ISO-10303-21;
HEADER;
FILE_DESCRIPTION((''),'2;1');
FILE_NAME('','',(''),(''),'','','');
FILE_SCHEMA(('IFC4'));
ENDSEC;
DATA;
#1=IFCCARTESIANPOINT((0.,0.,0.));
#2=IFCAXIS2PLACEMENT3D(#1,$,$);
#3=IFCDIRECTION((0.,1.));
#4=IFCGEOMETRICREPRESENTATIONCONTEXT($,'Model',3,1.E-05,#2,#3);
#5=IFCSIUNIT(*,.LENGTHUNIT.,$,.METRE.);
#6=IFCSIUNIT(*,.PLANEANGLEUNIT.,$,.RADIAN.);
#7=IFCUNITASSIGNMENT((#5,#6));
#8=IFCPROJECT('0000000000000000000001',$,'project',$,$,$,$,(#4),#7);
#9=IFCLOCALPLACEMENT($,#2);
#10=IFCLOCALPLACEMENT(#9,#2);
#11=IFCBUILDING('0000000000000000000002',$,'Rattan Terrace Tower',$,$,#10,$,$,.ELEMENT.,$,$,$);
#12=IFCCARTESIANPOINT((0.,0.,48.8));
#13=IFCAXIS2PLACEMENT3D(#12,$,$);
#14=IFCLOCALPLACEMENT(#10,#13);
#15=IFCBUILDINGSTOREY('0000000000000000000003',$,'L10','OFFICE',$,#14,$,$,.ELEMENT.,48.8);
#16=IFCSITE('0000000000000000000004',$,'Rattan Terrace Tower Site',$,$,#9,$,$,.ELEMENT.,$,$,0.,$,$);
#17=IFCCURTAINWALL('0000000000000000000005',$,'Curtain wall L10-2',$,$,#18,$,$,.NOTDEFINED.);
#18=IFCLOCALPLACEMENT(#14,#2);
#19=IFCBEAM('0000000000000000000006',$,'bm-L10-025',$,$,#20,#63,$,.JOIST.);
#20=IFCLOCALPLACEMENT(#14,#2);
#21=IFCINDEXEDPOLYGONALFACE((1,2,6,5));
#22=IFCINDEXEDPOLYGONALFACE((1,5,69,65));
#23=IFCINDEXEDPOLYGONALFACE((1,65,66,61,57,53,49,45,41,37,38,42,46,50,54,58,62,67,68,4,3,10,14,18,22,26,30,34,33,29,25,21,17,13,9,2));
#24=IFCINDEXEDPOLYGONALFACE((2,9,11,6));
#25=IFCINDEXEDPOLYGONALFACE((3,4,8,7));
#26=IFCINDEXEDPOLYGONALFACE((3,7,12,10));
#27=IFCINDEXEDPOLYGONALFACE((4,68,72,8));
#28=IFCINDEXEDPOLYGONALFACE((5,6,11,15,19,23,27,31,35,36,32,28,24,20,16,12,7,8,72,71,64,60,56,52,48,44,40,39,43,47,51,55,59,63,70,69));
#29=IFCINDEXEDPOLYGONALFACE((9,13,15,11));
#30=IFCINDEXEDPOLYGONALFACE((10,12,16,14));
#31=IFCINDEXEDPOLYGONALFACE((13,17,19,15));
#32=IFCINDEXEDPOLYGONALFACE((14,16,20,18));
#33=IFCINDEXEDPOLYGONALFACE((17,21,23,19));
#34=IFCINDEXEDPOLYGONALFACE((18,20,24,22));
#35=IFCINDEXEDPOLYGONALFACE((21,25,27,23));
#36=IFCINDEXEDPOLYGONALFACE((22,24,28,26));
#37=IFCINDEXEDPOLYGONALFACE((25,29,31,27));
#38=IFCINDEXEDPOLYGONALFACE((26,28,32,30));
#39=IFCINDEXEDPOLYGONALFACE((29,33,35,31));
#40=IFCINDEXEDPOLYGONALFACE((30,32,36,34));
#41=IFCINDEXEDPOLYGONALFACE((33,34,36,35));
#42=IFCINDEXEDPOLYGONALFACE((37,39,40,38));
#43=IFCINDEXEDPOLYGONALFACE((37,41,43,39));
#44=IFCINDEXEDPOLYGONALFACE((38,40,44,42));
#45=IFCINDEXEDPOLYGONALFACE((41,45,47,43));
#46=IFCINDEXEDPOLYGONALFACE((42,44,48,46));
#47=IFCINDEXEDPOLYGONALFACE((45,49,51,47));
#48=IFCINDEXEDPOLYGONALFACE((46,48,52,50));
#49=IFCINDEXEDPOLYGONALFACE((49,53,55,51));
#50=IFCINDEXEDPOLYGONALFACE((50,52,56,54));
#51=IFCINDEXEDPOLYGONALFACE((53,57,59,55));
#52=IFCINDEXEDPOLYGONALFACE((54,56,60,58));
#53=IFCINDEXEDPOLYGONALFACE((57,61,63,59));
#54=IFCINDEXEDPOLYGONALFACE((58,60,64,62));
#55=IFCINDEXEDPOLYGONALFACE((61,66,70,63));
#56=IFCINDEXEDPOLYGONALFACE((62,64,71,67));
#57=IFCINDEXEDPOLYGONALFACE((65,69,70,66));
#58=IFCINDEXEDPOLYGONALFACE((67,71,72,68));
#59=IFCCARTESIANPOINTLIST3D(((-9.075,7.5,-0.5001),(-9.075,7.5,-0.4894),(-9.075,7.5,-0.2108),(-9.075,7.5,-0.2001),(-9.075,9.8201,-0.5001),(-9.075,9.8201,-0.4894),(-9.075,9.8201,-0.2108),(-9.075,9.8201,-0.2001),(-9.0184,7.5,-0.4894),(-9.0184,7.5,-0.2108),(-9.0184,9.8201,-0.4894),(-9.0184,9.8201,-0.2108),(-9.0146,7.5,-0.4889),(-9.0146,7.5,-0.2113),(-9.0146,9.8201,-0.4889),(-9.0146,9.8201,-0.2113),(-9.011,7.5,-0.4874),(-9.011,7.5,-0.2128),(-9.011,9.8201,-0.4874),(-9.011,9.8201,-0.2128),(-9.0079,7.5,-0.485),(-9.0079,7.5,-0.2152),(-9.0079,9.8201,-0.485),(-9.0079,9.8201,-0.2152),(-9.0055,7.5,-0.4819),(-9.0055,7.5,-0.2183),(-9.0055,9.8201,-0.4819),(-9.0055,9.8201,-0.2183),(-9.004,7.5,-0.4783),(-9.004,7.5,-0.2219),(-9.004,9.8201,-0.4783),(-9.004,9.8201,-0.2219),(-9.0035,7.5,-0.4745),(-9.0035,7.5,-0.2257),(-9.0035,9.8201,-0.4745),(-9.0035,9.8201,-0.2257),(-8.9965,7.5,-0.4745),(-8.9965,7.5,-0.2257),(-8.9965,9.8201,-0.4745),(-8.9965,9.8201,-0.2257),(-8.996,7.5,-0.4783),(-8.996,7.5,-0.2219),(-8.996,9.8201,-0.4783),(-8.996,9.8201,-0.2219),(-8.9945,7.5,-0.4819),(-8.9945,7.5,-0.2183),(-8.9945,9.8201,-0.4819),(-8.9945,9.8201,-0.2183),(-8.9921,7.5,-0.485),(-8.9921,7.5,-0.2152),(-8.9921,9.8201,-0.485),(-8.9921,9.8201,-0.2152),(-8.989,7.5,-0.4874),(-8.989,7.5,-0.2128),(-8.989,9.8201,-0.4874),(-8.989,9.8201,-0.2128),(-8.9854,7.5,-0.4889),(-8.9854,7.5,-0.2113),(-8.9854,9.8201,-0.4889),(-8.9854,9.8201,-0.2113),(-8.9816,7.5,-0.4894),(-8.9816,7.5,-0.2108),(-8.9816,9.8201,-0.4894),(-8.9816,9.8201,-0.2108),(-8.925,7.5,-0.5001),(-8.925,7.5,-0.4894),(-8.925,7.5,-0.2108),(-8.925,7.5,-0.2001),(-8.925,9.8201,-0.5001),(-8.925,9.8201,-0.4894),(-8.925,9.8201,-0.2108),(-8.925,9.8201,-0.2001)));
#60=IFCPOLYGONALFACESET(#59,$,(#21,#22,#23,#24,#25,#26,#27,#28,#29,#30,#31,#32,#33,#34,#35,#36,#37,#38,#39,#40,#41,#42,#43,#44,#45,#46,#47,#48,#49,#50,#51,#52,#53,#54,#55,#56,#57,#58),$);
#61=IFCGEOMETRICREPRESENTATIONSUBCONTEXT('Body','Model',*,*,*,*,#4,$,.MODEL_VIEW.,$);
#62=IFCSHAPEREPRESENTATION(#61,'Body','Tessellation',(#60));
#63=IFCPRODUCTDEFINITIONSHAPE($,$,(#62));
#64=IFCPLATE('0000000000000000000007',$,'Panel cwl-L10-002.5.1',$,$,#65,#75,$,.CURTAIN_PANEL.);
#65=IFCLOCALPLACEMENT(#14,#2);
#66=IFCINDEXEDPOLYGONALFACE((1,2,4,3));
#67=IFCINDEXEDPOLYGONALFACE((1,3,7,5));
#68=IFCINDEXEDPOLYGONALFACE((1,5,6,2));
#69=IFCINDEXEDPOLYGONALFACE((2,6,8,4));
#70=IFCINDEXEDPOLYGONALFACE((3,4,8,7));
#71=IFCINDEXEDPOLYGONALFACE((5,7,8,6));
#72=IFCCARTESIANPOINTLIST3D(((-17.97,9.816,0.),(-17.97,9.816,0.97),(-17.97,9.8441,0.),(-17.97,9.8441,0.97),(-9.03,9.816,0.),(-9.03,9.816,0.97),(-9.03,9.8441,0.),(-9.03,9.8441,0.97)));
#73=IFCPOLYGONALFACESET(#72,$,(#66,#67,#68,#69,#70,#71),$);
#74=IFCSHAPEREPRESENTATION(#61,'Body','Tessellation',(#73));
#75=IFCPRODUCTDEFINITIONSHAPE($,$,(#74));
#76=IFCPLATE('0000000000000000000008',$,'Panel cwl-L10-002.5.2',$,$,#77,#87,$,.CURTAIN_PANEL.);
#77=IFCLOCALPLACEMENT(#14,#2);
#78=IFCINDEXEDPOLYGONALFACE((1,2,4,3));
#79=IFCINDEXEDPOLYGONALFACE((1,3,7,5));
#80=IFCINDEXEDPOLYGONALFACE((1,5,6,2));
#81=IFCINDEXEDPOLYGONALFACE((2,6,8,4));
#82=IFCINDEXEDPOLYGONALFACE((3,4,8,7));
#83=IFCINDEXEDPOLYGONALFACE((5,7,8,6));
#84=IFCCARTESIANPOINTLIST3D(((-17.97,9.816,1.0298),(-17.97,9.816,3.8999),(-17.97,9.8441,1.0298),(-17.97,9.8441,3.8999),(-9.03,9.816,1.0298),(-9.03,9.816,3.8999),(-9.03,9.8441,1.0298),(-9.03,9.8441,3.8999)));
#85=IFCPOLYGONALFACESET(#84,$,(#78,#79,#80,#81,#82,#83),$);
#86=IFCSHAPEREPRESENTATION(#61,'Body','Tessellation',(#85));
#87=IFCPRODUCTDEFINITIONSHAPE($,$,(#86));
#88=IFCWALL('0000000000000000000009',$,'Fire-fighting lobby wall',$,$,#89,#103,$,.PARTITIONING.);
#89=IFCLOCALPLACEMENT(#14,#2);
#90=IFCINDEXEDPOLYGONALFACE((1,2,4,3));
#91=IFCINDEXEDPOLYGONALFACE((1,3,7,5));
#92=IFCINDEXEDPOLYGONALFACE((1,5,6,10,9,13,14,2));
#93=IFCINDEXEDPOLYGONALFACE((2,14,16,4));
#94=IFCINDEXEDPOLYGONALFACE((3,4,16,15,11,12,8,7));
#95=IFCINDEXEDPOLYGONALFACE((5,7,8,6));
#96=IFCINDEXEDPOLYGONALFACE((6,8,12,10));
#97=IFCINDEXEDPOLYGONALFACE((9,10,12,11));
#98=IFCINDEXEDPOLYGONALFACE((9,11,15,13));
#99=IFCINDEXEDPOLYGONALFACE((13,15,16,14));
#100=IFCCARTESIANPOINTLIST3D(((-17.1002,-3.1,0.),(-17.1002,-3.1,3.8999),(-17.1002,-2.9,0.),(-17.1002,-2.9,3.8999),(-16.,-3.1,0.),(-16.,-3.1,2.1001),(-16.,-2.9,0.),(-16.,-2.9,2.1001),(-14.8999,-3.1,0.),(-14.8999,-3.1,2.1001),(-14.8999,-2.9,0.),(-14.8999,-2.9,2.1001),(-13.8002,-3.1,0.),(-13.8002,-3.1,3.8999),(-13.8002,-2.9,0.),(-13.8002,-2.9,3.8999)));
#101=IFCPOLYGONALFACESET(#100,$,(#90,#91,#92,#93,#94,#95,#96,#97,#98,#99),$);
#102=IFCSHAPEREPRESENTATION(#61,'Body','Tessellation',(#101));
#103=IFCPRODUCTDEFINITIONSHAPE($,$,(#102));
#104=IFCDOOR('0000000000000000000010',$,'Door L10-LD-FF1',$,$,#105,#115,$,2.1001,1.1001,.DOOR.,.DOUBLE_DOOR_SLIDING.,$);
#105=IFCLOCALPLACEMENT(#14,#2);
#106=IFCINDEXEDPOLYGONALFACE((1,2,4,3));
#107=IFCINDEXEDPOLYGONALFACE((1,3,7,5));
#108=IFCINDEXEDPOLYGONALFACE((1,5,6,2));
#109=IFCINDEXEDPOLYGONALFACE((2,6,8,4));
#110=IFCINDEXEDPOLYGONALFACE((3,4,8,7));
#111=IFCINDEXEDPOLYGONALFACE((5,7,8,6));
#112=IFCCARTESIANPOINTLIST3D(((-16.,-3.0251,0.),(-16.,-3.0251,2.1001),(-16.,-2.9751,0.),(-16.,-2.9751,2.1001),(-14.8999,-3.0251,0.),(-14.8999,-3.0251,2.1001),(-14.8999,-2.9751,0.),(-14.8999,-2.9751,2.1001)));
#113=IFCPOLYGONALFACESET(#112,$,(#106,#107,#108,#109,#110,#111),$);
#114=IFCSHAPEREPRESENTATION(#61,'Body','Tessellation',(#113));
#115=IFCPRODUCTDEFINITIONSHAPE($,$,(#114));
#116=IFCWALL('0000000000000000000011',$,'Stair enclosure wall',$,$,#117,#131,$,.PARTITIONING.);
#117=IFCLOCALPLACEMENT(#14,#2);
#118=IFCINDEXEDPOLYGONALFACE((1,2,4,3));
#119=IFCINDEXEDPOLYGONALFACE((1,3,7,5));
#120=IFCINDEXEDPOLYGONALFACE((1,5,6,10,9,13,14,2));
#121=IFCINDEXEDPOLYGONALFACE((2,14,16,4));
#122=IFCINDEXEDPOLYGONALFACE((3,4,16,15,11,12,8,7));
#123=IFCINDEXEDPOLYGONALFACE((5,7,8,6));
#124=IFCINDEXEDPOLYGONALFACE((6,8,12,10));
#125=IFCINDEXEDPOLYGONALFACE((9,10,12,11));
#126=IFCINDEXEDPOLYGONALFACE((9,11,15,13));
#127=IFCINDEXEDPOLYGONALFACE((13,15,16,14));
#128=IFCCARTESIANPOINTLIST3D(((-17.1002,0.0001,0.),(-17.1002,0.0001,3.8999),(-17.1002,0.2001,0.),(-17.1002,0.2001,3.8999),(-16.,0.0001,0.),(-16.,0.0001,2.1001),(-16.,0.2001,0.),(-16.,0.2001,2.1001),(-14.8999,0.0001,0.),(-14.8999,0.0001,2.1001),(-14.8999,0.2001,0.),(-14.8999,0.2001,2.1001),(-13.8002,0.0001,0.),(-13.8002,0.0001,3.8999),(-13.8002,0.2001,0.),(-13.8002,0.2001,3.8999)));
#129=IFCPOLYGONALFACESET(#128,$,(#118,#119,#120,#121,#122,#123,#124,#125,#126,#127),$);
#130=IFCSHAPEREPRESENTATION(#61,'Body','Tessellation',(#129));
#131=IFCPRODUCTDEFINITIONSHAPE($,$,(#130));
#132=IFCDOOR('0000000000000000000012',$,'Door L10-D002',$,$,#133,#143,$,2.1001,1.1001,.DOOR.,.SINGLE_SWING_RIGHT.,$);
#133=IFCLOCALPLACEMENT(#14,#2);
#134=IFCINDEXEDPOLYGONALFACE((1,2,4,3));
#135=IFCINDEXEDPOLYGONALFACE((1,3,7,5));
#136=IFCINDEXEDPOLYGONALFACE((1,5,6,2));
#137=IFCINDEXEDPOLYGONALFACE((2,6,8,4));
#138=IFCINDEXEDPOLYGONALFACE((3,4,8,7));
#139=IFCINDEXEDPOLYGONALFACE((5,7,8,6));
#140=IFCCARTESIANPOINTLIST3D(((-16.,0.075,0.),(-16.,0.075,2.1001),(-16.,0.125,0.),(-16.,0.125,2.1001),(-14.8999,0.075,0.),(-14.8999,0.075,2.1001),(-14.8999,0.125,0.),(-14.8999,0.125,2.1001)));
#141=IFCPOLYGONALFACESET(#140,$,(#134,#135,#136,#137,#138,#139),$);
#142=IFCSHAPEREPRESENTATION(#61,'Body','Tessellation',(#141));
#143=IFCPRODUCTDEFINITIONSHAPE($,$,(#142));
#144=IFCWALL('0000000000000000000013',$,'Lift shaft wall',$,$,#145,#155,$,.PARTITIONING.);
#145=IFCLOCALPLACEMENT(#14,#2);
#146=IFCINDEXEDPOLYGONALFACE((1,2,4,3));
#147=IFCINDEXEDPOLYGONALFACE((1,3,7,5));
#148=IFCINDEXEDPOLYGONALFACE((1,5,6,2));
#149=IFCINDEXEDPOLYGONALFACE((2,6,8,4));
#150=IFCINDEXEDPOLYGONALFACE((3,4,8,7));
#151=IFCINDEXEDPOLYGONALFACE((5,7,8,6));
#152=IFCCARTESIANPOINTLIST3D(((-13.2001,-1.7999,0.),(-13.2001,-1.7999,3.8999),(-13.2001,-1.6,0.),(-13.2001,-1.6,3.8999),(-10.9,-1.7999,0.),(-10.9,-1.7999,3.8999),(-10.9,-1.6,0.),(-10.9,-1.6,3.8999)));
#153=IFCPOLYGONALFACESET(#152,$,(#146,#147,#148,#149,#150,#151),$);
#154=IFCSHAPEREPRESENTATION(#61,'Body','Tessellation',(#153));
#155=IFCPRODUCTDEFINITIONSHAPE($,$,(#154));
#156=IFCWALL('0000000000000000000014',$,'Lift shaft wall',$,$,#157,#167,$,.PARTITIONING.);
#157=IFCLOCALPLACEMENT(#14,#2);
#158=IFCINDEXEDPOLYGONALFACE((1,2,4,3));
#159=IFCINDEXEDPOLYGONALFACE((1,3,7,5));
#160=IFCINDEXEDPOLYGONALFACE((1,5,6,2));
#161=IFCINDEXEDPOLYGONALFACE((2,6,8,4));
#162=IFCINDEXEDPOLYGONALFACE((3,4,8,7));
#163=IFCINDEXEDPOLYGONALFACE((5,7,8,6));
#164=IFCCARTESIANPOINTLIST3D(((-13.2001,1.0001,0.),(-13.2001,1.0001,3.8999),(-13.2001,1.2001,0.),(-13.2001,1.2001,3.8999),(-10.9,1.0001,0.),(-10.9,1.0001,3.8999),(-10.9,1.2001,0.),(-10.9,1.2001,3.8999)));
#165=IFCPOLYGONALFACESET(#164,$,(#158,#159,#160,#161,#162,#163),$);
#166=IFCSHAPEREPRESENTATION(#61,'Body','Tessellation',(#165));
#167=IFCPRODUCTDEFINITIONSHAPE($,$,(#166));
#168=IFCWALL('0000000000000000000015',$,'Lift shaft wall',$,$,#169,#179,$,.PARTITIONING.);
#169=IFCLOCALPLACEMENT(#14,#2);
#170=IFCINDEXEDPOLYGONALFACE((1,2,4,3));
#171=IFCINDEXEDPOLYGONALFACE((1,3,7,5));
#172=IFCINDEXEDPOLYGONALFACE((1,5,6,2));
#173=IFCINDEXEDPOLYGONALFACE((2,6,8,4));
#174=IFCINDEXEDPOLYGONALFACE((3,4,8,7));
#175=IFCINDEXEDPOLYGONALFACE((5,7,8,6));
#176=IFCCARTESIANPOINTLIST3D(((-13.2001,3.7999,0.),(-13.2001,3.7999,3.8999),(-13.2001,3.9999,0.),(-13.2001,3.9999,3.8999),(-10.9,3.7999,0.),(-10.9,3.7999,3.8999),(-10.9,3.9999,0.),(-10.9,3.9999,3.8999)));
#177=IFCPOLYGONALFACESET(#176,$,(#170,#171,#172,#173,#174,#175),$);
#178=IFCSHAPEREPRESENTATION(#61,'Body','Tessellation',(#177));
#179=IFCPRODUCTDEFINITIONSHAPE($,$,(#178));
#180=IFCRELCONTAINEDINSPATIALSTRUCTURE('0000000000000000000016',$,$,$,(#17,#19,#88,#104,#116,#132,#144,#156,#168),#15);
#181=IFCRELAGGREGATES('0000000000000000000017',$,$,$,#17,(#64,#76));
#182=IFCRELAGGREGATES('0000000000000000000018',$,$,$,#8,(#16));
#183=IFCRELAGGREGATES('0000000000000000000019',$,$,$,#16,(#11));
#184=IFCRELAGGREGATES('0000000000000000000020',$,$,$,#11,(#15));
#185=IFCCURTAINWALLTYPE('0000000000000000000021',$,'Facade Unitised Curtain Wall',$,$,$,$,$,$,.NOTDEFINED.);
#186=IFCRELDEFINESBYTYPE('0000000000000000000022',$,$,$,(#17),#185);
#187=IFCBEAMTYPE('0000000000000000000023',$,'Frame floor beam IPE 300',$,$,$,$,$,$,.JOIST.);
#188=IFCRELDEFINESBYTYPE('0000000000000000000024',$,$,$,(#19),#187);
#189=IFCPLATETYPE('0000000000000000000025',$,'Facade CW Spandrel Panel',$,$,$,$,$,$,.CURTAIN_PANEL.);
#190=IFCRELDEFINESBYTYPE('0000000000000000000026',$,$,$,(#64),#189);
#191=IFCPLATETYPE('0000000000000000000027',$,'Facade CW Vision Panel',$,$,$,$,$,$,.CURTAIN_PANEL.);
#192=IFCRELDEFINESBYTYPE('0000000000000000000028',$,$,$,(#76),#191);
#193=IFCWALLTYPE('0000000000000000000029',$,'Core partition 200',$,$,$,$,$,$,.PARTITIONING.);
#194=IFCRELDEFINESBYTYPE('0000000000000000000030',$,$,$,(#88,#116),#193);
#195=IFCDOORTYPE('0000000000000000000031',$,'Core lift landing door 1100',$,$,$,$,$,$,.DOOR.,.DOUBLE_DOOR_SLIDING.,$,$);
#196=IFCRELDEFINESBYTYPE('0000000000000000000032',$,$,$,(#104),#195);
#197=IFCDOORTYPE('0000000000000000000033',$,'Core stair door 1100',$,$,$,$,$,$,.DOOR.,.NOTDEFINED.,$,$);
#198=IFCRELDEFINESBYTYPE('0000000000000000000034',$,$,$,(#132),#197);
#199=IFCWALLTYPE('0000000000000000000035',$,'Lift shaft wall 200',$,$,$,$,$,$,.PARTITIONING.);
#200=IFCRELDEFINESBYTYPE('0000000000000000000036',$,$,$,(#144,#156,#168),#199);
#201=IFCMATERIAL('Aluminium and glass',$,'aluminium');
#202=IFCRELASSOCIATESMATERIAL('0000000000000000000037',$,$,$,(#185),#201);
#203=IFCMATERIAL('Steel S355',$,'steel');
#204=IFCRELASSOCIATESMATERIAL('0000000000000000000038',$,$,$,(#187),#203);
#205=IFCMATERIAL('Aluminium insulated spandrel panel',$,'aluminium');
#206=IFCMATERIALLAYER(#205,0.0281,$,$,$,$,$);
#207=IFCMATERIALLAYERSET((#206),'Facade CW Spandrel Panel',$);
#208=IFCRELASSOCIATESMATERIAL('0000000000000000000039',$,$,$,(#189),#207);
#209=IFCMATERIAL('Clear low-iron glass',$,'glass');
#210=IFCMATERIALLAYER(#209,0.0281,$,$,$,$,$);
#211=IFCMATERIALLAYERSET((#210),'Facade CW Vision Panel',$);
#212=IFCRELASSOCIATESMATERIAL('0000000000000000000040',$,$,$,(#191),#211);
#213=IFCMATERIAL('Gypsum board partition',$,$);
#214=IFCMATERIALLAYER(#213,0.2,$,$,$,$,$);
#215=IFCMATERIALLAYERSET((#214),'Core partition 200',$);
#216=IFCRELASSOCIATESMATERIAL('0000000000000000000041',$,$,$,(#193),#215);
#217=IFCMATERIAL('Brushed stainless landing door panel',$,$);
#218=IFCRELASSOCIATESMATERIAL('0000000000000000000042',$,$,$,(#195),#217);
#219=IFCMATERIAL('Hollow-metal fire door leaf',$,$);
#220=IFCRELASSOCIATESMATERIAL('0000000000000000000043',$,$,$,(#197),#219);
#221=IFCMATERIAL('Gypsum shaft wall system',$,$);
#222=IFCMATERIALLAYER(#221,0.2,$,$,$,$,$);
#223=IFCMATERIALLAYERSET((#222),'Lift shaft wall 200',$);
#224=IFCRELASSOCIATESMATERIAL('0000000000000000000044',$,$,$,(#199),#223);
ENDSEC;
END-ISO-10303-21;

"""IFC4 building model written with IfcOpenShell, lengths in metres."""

from ifc_helpers import new_model, si_unit, direction, frame, frame_2d, origin, origin_2d, place, context, subcontext, project, spatial, rectangle, i_section, extrude, material, layer, layer_set, material_profile, profile_set, type_object, element, fill, aggregate, save


model = new_model("IFC4")

# Units and contexts
model_context = context("Model", 3, precision=1e-05, world=origin(), true_north=direction((0.0, 1.0)))
body_context = subcontext(model_context, "Body", "Model", "MODEL_VIEW")
ifc_project = project(units=[si_unit("LENGTHUNIT", "METRE"), si_unit("PLANEANGLEUNIT", "RADIAN")], contexts=[model_context])

# Site, building, storey
site_placement = place(None, origin())
site = spatial("IfcSite", under=ifc_project, at=site_placement, Name="Rattan Terrace Tower Site", CompositionType="ELEMENT", RefElevation=0.0)
building_placement = place(site_placement, origin())
building = spatial("IfcBuilding", under=site, at=building_placement, Name="Rattan Terrace Tower", CompositionType="ELEMENT")
storey_placement = place(building_placement, frame((0.0, 0.0, 48.8)))
storey = spatial("IfcBuildingStorey", under=building, at=storey_placement, Name="L10", Description="OFFICE", CompositionType="ELEMENT", Elevation=48.8)

# Curtain wall
ifc_material_1 = material(Name="Aluminium and glass", Category="aluminium")
curtain_wall_type = type_object("IfcCurtainWallType", Name="Facade Unitised Curtain Wall", PredefinedType="NOTDEFINED", material=ifc_material_1)
curtain_wall_placement = place(storey_placement, origin())
curtain_wall = element("IfcCurtainWall", 1, at=curtain_wall_placement, inside=storey, type_object=curtain_wall_type, Name="Curtain wall L10-2", PredefinedType="NOTDEFINED")

# Beam
ifc_material_2 = material(Name="Steel S355", Category="steel")
ifc_material_profile_1 = material_profile(ifc_material_2, i_section(OverallWidth=0.1499, OverallDepth=0.3, WebThickness=0.0071, FlangeThickness=0.0107, FilletRadius=0.0149, at=origin_2d()), Name="IPE 300")
ifc_profile_set_1 = profile_set([ifc_material_profile_1], Name="Steel S355")
beam_type_1 = type_object("IfcBeamType", Name="Frame floor beam IPE 300", PredefinedType="JOIST", material=ifc_profile_set_1)
for number, where, z_axis, x_axis, name in (
    (2, (-9.0, 7.5, -0.3501), (0.0, 1.0, 0.0), (-1.0, 0.0, 0.0), "bm-L10-025"),
):
    element("IfcBeam", number, at=place(storey_placement, frame(where, z_axis=z_axis, x_axis=x_axis)), inside=storey, type_object=beam_type_1, Name=name, PredefinedType="JOIST", context=body_context, shape_type="SweptSolid", body=[
        extrude(i_section(OverallWidth=0.1499, OverallDepth=0.3, WebThickness=0.0071, FlangeThickness=0.0107, FilletRadius=0.0149, at=origin_2d()), origin(), (0.0, 0.0, 1.0), 2.3201),
    ])

# Plates
ifc_material_3 = material(Name="Aluminium insulated spandrel panel", Category="aluminium")
ifc_layer_1 = layer(ifc_material_3, 0.0281)
ifc_layer_set_1 = layer_set([ifc_layer_1], Name="Facade CW Spandrel Panel")
plate_type_1 = type_object("IfcPlateType", Name="Facade CW Spandrel Panel", PredefinedType="CURTAIN_PANEL", material=ifc_layer_set_1)
plate_1_placement = place(storey_placement, frame((-13.5, 9.8301, 0.0), z_axis=(0.0, 0.0, 1.0), x_axis=(-1.0, 0.0, 0.0)))
plate_1 = element("IfcPlate", 3, at=plate_1_placement, type_object=plate_type_1, Name="Panel cwl-L10-002.5.1", PredefinedType="CURTAIN_PANEL", context=body_context, shape_type="SweptSolid", body=[
    extrude(rectangle(XDim=8.9399, YDim=0.0281, at=origin_2d()), origin(), (0.0, 0.0, 1.0), 0.97),
])
ifc_material_4 = material(Name="Clear low-iron glass", Category="glass")
ifc_layer_2 = layer(ifc_material_4, 0.0281)
ifc_layer_set_2 = layer_set([ifc_layer_2], Name="Facade CW Vision Panel")
plate_type_2 = type_object("IfcPlateType", Name="Facade CW Vision Panel", PredefinedType="CURTAIN_PANEL", material=ifc_layer_set_2)
plate_2_placement = place(storey_placement, frame((-13.5, 9.8301, 1.0298), z_axis=(0.0, 0.0, 1.0), x_axis=(-1.0, 0.0, 0.0)))
plate_2 = element("IfcPlate", 4, at=plate_2_placement, type_object=plate_type_2, Name="Panel cwl-L10-002.5.2", PredefinedType="CURTAIN_PANEL", context=body_context, shape_type="SweptSolid", body=[
    extrude(rectangle(XDim=8.9399, YDim=0.0281, at=origin_2d()), origin(), (0.0, 0.0, 1.0), 2.8701),
])
aggregate(curtain_wall, [plate_1, plate_2])

# Walls, openings, doors
ifc_material_5 = material(Name="Gypsum board partition")
ifc_layer_3 = layer(ifc_material_5, 0.2)
ifc_layer_set_3 = layer_set([ifc_layer_3], Name="Core partition 200")
wall_type_1 = type_object("IfcWallType", Name="Core partition 200", PredefinedType="PARTITIONING", material=ifc_layer_set_3)
wall_1_placement = place(storey_placement, frame((-17.1001, -3.0, 0.0), z_axis=(0.0, 0.0, 1.0), x_axis=(1.0, 0.0, 0.0)))
wall_1 = element("IfcWall", 5, at=wall_1_placement, inside=storey, type_object=wall_type_1, Name="Fire-fighting lobby wall", PredefinedType="PARTITIONING", context=body_context, shape_type="SweptSolid", body=[
    extrude(rectangle(XDim=3.3, YDim=0.2, at=frame_2d((1.6499, 0.0))), origin(), (0.0, 0.0, 1.0), 3.8999),
])
opening_1_placement = place(wall_1_placement, frame((1.1001, 0.0, 0.0)))
opening_1 = element("IfcOpeningElement", 6, at=opening_1_placement, cuts=wall_1, PredefinedType="OPENING", context=body_context, shape_type="SweptSolid", body=[
    extrude(rectangle(XDim=1.1001, YDim=2.1001, at=frame_2d((0.55, 1.05))), frame((0.0, 0.1106, 0.0), z_axis=(0.0, -1.0, 0.0), x_axis=(1.0, 0.0, 0.0)), (0.0, 0.0, 1.0), 0.2209),
])
ifc_material_6 = material(Name="Brushed stainless landing door panel")
door_type_1 = type_object("IfcDoorType", Name="Core lift landing door 1100", OperationType="DOUBLE_DOOR_SLIDING", PredefinedType="DOOR", material=ifc_material_6)
door_1_placement = place(opening_1_placement, origin())
door_1 = element("IfcDoor", 7, at=door_1_placement, inside=storey, type_object=door_type_1, Name="Door L10-LD-FF1", OperationType="DOUBLE_DOOR_SLIDING", OverallHeight=2.1001, OverallWidth=1.1001, PredefinedType="DOOR", context=body_context, shape_type="SweptSolid", body=[
    extrude(rectangle(XDim=1.1001, YDim=2.1001, at=frame_2d((0.55, 1.05))), frame((0.0, 0.0249, 0.0), z_axis=(0.0, -1.0, 0.0), x_axis=(1.0, 0.0, 0.0)), (0.0, 0.0, 1.0), 0.05),
])
fill(opening_1, door_1)
wall_2_placement = place(storey_placement, frame((-17.1001, 0.1001, 0.0), z_axis=(0.0, 0.0, 1.0), x_axis=(1.0, 0.0, 0.0)))
wall_2 = element("IfcWall", 8, at=wall_2_placement, inside=storey, type_object=wall_type_1, Name="Stair enclosure wall", PredefinedType="PARTITIONING", context=body_context, shape_type="SweptSolid", body=[
    extrude(rectangle(XDim=3.3, YDim=0.2, at=frame_2d((1.6499, 0.0))), origin(), (0.0, 0.0, 1.0), 3.8999),
])
opening_2_placement = place(wall_2_placement, frame((1.1001, 0.0, 0.0)))
opening_2 = element("IfcOpeningElement", 9, at=opening_2_placement, cuts=wall_2, PredefinedType="OPENING", context=body_context, shape_type="SweptSolid", body=[
    extrude(rectangle(XDim=1.1001, YDim=2.1001, at=frame_2d((0.55, 1.05))), frame((0.0, 0.1106, 0.0), z_axis=(0.0, -1.0, 0.0), x_axis=(1.0, 0.0, 0.0)), (0.0, 0.0, 1.0), 0.2209),
])
ifc_material_7 = material(Name="Hollow-metal fire door leaf")
door_type_2 = type_object("IfcDoorType", Name="Core stair door 1100", OperationType="NOTDEFINED", PredefinedType="DOOR", material=ifc_material_7)
door_2_placement = place(opening_2_placement, origin())
door_2 = element("IfcDoor", 10, at=door_2_placement, inside=storey, type_object=door_type_2, Name="Door L10-D002", OperationType="SINGLE_SWING_RIGHT", OverallHeight=2.1001, OverallWidth=1.1001, PredefinedType="DOOR", context=body_context, shape_type="SweptSolid", body=[
    extrude(rectangle(XDim=1.1001, YDim=2.1001, at=frame_2d((0.55, 1.05))), frame((0.0, 0.0249, 0.0), z_axis=(0.0, -1.0, 0.0), x_axis=(1.0, 0.0, 0.0)), (0.0, 0.0, 1.0), 0.05),
])
fill(opening_2, door_2)

# Walls
ifc_material_8 = material(Name="Gypsum shaft wall system")
ifc_layer_4 = layer(ifc_material_8, 0.2)
ifc_layer_set_4 = layer_set([ifc_layer_4], Name="Lift shaft wall 200")
wall_type_2 = type_object("IfcWallType", Name="Lift shaft wall 200", PredefinedType="PARTITIONING", material=ifc_layer_set_4)
for number, where, z_axis, x_axis, name in (
    (11, (-13.2, -1.7, 0.0), (0.0, 0.0, 1.0), (1.0, 0.0, 0.0), "Lift shaft wall"),
    (12, (-13.2, 1.1001, 0.0), (0.0, 0.0, 1.0), (1.0, 0.0, 0.0), "Lift shaft wall"),
    (13, (-13.2, 3.8999, 0.0), (0.0, 0.0, 1.0), (1.0, 0.0, 0.0), "Lift shaft wall"),
):
    element("IfcWall", number, at=place(storey_placement, frame(where, z_axis=z_axis, x_axis=x_axis)), inside=storey, type_object=wall_type_2, Name=name, PredefinedType="PARTITIONING", context=body_context, shape_type="SweptSolid", body=[
        extrude(rectangle(XDim=2.3, YDim=0.2, at=frame_2d((1.1499, 0.0))), origin(), (0.0, 0.0, 1.0), 3.8999),
    ])

save(model, "model.ifc")
